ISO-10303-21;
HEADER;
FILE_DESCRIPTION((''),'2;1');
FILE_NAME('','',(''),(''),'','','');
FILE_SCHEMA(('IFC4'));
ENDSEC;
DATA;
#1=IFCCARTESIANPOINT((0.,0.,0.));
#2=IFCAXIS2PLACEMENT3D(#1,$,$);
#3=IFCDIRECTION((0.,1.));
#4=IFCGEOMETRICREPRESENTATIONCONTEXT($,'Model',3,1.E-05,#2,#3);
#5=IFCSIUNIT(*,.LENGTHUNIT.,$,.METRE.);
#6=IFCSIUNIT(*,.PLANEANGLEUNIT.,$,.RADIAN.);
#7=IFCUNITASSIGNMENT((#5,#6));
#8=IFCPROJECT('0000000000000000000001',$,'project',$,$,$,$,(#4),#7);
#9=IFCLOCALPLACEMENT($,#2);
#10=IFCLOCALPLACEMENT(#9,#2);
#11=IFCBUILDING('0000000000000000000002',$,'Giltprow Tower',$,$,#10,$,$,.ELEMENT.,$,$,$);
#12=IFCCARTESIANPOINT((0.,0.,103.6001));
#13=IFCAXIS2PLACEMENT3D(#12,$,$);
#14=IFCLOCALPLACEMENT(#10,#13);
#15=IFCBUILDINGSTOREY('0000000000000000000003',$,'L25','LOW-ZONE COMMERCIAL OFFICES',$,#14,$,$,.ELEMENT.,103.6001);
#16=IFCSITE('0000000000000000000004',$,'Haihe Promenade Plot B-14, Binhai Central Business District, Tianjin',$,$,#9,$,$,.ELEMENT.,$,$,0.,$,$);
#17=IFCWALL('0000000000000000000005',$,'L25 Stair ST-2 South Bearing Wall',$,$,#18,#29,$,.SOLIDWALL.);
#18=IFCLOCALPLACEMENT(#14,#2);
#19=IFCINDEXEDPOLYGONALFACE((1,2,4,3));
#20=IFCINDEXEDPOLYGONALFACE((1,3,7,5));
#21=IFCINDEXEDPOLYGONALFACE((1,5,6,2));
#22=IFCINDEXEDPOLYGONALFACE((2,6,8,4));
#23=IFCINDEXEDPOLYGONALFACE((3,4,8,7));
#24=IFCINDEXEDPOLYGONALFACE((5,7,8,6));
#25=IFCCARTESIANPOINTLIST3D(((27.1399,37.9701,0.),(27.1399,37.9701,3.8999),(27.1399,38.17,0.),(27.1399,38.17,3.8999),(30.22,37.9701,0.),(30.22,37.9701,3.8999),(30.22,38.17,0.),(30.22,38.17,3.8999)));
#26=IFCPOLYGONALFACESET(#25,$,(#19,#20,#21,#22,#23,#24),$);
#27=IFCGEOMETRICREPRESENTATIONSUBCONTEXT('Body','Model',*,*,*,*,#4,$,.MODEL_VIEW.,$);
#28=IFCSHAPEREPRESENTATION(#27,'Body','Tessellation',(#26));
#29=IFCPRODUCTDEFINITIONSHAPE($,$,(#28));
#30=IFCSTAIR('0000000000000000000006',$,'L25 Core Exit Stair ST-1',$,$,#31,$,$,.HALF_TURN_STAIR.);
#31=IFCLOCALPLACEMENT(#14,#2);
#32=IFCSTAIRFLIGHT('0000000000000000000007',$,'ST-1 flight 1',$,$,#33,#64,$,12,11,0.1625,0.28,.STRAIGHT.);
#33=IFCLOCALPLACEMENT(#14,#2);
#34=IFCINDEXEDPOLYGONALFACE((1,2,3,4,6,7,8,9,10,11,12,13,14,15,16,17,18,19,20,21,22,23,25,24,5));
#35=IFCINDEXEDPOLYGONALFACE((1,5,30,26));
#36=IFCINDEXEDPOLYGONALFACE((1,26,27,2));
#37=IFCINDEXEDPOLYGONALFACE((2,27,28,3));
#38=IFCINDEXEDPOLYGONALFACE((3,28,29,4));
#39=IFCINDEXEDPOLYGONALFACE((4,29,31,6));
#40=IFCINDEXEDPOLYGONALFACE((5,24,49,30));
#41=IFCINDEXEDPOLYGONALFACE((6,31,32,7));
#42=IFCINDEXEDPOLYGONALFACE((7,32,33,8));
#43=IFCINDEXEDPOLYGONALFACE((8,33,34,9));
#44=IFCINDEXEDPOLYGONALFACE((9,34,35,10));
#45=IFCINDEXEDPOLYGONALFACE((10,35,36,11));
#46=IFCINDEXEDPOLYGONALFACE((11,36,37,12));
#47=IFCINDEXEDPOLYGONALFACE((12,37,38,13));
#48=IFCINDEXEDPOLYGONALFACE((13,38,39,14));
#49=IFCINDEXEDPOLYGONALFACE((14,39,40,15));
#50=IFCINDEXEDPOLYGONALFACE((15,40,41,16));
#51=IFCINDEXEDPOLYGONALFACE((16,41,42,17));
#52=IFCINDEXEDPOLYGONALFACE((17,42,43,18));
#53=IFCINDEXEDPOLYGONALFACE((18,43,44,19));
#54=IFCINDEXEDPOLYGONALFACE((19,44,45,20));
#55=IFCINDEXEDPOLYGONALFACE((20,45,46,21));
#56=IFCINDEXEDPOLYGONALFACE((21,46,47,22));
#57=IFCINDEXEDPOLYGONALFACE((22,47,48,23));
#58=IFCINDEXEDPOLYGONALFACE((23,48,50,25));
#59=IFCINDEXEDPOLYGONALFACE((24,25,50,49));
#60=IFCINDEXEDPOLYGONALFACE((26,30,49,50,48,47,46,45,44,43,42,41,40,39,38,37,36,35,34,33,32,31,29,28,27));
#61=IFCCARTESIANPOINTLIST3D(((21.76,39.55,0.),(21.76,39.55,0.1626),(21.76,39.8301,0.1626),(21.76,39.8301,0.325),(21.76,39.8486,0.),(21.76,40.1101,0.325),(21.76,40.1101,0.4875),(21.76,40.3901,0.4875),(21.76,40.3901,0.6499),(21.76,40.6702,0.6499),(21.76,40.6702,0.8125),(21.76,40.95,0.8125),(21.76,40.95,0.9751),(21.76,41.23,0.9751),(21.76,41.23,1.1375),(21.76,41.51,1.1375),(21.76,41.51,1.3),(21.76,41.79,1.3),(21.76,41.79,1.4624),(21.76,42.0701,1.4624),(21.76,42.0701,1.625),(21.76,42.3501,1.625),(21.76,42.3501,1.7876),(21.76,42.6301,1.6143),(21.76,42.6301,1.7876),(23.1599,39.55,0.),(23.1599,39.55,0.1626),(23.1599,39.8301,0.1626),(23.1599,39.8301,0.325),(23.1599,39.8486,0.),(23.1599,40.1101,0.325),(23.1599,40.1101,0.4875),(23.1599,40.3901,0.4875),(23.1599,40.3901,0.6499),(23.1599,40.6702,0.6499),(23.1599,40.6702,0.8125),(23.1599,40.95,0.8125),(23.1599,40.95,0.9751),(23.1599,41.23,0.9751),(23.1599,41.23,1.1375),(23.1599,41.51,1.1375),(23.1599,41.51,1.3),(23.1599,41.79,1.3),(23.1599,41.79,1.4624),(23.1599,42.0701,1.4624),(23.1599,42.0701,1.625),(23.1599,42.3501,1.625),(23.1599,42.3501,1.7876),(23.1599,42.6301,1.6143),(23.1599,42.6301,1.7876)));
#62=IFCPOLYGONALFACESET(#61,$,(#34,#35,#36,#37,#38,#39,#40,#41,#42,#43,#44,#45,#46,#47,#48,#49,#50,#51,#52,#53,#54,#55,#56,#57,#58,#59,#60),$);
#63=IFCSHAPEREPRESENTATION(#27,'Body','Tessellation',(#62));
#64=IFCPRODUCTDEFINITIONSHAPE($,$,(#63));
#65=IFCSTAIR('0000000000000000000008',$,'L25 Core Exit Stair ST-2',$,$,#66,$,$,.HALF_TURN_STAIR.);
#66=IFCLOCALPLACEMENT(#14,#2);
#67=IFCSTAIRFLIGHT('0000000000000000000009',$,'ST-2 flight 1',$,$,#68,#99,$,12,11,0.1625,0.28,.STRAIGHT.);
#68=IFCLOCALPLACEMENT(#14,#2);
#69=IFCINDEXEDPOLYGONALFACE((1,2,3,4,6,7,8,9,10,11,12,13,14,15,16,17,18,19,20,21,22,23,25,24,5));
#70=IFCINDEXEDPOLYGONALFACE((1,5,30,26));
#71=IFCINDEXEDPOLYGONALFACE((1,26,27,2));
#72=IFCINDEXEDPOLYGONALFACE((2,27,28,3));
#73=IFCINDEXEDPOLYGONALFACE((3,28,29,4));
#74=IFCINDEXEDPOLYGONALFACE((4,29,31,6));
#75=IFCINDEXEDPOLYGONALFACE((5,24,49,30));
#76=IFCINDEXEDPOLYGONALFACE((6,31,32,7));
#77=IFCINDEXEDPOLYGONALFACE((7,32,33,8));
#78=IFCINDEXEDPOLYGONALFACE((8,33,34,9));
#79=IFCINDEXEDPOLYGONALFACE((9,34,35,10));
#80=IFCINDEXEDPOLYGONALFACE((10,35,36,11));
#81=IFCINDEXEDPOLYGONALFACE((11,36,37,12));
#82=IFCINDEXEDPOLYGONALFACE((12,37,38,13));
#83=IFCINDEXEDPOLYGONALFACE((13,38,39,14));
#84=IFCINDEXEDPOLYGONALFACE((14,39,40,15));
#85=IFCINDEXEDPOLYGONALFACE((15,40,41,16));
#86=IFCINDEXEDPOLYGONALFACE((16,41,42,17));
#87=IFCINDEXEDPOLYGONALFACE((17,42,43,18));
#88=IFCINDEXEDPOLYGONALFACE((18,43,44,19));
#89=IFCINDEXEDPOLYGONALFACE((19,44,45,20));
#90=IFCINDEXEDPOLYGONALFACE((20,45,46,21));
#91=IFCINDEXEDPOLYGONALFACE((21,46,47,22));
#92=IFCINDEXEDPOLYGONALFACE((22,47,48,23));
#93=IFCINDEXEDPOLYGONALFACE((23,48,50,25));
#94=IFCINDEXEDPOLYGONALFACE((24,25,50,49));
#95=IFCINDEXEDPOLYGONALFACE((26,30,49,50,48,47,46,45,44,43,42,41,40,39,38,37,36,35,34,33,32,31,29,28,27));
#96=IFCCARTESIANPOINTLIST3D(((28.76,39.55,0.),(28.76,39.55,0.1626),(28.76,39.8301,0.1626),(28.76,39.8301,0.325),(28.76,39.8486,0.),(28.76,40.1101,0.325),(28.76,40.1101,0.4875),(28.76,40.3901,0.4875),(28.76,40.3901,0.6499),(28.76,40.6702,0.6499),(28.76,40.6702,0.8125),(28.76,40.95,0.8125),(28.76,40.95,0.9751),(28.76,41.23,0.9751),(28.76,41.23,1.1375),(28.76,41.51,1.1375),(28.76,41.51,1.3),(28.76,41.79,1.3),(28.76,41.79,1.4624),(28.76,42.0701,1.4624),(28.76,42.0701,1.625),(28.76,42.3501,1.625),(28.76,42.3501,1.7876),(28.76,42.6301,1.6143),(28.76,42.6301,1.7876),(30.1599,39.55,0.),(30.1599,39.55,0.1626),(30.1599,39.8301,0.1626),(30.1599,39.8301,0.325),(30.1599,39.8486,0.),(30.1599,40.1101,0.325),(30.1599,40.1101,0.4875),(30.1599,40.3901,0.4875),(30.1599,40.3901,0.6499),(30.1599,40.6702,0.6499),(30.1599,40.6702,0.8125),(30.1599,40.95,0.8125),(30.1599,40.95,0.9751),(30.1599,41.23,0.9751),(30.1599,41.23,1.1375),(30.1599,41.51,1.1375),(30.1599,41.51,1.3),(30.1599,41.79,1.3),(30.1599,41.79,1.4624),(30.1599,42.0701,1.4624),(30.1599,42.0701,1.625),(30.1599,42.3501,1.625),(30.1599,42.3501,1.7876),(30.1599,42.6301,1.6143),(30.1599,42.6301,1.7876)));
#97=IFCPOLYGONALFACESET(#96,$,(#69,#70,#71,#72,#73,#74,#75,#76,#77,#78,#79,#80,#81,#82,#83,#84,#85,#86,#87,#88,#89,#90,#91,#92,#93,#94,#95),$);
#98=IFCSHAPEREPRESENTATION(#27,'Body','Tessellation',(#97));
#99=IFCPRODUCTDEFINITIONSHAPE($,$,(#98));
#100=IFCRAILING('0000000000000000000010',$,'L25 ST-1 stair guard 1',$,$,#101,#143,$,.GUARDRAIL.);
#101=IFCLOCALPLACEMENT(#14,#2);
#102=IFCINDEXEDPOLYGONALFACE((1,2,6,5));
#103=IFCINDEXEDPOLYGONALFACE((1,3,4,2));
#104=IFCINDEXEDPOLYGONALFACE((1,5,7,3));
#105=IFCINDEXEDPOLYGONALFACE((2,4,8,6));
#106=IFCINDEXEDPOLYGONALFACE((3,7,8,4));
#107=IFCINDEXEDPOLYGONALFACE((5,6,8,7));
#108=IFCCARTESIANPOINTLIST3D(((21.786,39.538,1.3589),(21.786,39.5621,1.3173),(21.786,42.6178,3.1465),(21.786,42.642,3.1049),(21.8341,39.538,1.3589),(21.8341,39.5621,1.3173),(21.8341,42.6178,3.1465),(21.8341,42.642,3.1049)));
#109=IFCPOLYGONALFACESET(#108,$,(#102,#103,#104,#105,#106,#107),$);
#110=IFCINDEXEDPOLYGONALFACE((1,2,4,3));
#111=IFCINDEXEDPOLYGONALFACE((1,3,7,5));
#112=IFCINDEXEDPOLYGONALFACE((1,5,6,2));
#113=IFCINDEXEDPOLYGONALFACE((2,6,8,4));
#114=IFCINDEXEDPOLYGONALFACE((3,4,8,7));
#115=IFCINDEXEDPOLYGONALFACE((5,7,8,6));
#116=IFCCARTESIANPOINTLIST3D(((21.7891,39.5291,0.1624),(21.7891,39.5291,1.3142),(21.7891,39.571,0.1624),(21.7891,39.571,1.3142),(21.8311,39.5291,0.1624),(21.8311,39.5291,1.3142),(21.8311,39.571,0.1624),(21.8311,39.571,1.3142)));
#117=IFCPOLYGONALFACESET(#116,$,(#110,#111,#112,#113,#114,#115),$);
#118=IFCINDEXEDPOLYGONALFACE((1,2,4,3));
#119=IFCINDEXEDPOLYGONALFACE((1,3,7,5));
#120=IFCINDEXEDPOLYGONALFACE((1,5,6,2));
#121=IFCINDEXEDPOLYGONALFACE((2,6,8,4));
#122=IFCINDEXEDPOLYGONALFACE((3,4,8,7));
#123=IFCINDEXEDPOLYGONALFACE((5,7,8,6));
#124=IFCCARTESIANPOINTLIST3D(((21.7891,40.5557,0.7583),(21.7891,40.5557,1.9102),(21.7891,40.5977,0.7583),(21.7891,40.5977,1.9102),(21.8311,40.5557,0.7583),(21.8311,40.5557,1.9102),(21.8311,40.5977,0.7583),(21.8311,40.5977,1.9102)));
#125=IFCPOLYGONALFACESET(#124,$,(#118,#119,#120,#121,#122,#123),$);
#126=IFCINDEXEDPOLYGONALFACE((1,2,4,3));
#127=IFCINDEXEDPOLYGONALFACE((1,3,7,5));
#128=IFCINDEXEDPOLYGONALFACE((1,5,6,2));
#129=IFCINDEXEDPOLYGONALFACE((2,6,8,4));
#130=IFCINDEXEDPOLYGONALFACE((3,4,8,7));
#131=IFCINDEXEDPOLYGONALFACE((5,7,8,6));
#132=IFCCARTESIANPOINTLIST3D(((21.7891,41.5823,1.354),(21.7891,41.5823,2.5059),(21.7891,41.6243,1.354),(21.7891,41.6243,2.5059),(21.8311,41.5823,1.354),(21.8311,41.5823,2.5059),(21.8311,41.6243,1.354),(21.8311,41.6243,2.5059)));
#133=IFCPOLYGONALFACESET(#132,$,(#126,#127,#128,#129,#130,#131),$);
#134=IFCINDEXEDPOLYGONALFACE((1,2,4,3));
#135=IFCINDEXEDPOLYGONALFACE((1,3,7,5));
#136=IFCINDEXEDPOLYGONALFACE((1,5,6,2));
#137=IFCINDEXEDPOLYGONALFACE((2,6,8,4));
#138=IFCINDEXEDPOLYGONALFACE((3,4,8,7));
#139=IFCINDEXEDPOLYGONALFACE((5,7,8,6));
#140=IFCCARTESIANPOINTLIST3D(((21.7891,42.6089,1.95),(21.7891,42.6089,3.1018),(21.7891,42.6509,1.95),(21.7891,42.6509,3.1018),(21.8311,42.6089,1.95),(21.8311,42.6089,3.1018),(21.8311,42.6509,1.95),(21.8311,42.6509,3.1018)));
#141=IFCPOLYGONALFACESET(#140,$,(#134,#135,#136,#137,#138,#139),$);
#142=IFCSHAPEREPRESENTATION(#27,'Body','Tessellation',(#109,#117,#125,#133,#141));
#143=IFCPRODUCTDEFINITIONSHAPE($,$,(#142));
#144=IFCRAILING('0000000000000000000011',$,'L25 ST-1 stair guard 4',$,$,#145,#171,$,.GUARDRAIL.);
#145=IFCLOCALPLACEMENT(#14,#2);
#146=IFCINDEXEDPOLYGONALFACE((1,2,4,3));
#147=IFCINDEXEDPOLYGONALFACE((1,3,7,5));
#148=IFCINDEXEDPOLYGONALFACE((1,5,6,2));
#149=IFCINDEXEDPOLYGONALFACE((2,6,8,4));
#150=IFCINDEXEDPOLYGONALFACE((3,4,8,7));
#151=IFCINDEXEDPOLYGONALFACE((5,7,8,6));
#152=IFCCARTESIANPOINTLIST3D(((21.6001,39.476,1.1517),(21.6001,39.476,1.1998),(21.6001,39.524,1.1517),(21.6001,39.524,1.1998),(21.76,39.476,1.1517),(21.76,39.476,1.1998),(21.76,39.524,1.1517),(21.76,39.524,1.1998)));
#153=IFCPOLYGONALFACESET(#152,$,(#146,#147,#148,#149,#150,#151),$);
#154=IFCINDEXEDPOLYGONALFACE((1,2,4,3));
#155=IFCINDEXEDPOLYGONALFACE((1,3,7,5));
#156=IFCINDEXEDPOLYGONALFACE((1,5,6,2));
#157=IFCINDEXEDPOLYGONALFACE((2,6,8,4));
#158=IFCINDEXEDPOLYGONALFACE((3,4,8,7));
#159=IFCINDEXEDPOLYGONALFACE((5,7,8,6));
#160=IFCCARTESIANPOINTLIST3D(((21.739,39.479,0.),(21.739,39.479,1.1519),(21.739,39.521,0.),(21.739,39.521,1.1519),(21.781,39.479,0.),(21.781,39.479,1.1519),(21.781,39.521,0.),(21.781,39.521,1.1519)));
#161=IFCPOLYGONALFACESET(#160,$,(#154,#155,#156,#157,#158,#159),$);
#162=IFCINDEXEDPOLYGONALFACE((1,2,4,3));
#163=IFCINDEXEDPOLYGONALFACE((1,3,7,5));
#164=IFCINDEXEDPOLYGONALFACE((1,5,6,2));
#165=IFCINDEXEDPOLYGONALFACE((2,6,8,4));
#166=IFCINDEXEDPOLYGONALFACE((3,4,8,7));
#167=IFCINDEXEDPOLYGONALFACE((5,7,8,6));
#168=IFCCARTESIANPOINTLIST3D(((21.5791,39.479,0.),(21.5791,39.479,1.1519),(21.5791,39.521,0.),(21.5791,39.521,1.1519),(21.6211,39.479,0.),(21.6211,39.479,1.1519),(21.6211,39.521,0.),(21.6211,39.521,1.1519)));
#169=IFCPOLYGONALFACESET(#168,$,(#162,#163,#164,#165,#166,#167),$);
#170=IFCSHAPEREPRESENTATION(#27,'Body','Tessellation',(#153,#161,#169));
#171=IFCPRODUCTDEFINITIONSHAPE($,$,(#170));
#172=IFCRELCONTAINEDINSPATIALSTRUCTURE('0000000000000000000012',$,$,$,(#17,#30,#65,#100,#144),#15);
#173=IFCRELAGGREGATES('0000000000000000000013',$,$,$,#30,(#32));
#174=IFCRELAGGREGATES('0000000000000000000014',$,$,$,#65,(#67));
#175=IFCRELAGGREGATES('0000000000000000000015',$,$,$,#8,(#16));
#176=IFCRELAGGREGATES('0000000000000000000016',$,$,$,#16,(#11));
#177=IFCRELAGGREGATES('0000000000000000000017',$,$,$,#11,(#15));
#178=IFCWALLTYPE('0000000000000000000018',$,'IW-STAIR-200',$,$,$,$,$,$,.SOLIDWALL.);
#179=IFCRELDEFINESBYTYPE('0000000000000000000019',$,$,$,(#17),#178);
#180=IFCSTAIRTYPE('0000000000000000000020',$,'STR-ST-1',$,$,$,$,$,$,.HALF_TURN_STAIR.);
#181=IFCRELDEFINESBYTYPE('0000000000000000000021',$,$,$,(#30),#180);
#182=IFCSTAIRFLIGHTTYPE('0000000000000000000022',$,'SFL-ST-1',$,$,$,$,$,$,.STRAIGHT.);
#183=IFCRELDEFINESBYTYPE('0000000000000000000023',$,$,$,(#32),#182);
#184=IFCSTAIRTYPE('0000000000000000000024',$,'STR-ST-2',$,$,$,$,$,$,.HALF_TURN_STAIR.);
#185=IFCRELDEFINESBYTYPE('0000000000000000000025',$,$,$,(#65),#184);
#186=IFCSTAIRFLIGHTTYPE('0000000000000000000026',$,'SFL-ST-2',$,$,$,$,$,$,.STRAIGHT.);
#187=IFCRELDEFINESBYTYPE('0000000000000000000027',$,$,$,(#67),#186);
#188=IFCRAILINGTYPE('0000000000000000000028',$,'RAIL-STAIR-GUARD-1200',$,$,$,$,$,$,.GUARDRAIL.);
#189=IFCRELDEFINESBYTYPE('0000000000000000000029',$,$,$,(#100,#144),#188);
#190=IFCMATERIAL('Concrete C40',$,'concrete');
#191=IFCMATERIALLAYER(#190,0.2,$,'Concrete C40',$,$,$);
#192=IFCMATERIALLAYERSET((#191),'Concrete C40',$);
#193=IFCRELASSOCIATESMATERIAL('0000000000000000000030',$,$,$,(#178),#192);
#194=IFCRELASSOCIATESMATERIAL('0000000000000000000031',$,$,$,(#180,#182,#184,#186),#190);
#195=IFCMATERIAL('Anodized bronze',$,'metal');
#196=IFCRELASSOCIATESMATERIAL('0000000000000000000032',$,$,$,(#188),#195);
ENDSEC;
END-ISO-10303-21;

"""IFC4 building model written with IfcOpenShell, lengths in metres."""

from ifc_helpers import new_model, si_unit, direction, frame, frame_2d, origin, origin_2d, place, context, subcontext, project, spatial, polyline, rectangle, outline, extrude, material, layer, layer_set, type_object, element, aggregate, save


model = new_model("IFC4")

# Units and contexts
model_context = context("Model", 3, precision=1e-05, world=origin(), true_north=direction((0.0, 1.0)))
body_context = subcontext(model_context, "Body", "Model", "MODEL_VIEW")
ifc_project = project(units=[si_unit("LENGTHUNIT", "METRE"), si_unit("PLANEANGLEUNIT", "RADIAN")], contexts=[model_context])

# Site, building, storey
site_placement = place(None, origin())
site = spatial("IfcSite", under=ifc_project, at=site_placement, Name="Haihe Promenade Plot B-14, Binhai Central Business District, Tianjin", CompositionType="ELEMENT", RefElevation=0.0)
building_placement = place(site_placement, origin())
building = spatial("IfcBuilding", under=site, at=building_placement, Name="Giltprow Tower", CompositionType="ELEMENT")
storey_placement = place(building_placement, frame((0.0, 0.0, 103.6001)))
storey = spatial("IfcBuildingStorey", under=building, at=storey_placement, Name="L25", Description="LOW-ZONE COMMERCIAL OFFICES", CompositionType="ELEMENT", Elevation=103.6001)

# Shared definitions
ifc_material_1 = material(Name="Concrete C40", Category="concrete")
ifc_layer = layer(ifc_material_1, 0.2, Name="Concrete C40")
ifc_layer_set = layer_set([ifc_layer], Name="Concrete C40")
wall_type = type_object("IfcWallType", Name="IW-STAIR-200", PredefinedType="SOLIDWALL", material=ifc_layer_set)

# Wall
wall_1_placement = place(storey_placement, frame((27.1399, 38.0701, 0.0), z_axis=(0.0, 0.0, 1.0), x_axis=(1.0, 0.0, 0.0)))
element("IfcWall", 1, at=wall_1_placement, inside=storey, type_object=wall_type, Name="L25 Stair ST-2 South Bearing Wall", PredefinedType="SOLIDWALL", context=body_context, shape_type="SweptSolid", body=[
    extrude(rectangle(XDim=3.0801, YDim=0.2, at=frame_2d((1.54, 0.0))), origin(), (0.0, 0.0, 1.0), 3.8999),
])

# Stairs, stair flights
stair_type_1 = type_object("IfcStairType", Name="STR-ST-1", PredefinedType="HALF_TURN_STAIR", material=ifc_material_1)
stair_1_placement = place(storey_placement, origin())
stair_1 = element("IfcStair", 2, at=stair_1_placement, inside=storey, type_object=stair_type_1, Name="L25 Core Exit Stair ST-1", PredefinedType="HALF_TURN_STAIR")
stair_flight_type_1 = type_object("IfcStairFlightType", Name="SFL-ST-1", PredefinedType="STRAIGHT", material=ifc_material_1)
stair_flight_1_placement = place(storey_placement, frame((22.46, 39.55, 0.0), z_axis=(0.0, 0.0, 1.0), x_axis=(0.0, 1.0, 0.0)))
stair_flight_1 = element("IfcStairFlight", 3, at=stair_flight_1_placement, type_object=stair_flight_type_1, Name="ST-1 flight 1", NumberOfRisers=12, NumberOfTreads=11, PredefinedType="STRAIGHT", RiserHeight=0.1625, TreadLength=0.28, context=body_context, shape_type="SweptSolid", body=[
    extrude(outline(polyline([(0.0, 0.0), (0.0, 0.1626), (0.28, 0.1626), (0.28, 0.325), (0.5601, 0.325), (0.5601, 0.4875), (0.8401, 0.4875), (0.8401, 0.6499), (1.1201, 0.6499), (1.1201, 0.8125), (1.3999, 0.8125), (1.3999, 0.9751), (1.6799, 0.9751), (1.6799, 1.1375), (1.96, 1.1375), (1.96, 1.3), (2.24, 1.3), (2.24, 1.4624), (2.52, 1.4624), (2.52, 1.625), (2.8, 1.625), (2.8, 1.7876), (3.0801, 1.7876), (3.0801, 1.95), (3.0801, 1.6143), (0.2986, 0.0), (0.0, 0.0)])), frame((0.0, 0.7, 0.0), z_axis=(0.0, -1.0, 0.0), x_axis=(1.0, 0.0, 0.0)), (0.0, 0.0, 1.0), 1.3999),
])
aggregate(stair_1, [stair_flight_1])
stair_type_2 = type_object("IfcStairType", Name="STR-ST-2", PredefinedType="HALF_TURN_STAIR", material=ifc_material_1)
stair_2_placement = place(storey_placement, origin())
stair_2 = element("IfcStair", 4, at=stair_2_placement, inside=storey, type_object=stair_type_2, Name="L25 Core Exit Stair ST-2", PredefinedType="HALF_TURN_STAIR")
stair_flight_type_2 = type_object("IfcStairFlightType", Name="SFL-ST-2", PredefinedType="STRAIGHT", material=ifc_material_1)
stair_flight_2_placement = place(storey_placement, frame((29.46, 39.55, 0.0), z_axis=(0.0, 0.0, 1.0), x_axis=(0.0, 1.0, 0.0)))
stair_flight_2 = element("IfcStairFlight", 5, at=stair_flight_2_placement, type_object=stair_flight_type_2, Name="ST-2 flight 1", NumberOfRisers=12, NumberOfTreads=11, PredefinedType="STRAIGHT", RiserHeight=0.1625, TreadLength=0.28, context=body_context, shape_type="SweptSolid", body=[
    extrude(outline(polyline([(0.0, 0.0), (0.0, 0.1626), (0.28, 0.1626), (0.28, 0.325), (0.5601, 0.325), (0.5601, 0.4875), (0.8401, 0.4875), (0.8401, 0.6499), (1.1201, 0.6499), (1.1201, 0.8125), (1.3999, 0.8125), (1.3999, 0.9751), (1.6799, 0.9751), (1.6799, 1.1375), (1.96, 1.1375), (1.96, 1.3), (2.24, 1.3), (2.24, 1.4624), (2.52, 1.4624), (2.52, 1.625), (2.8, 1.625), (2.8, 1.7876), (3.0801, 1.7876), (3.0801, 1.95), (3.0801, 1.6143), (0.2986, 0.0), (0.0, 0.0)])), frame((0.0, 0.7, 0.0), z_axis=(0.0, -1.0, 0.0), x_axis=(1.0, 0.0, 0.0)), (0.0, 0.0, 1.0), 1.3999),
])
aggregate(stair_2, [stair_flight_2])

# Railings
ifc_material_2 = material(Name="Anodized bronze", Category="metal")
railing_type_1 = type_object("IfcRailingType", Name="RAIL-STAIR-GUARD-1200", PredefinedType="GUARDRAIL", material=ifc_material_2)
railing_1_placement = place(storey_placement, frame((21.8101, 39.55, 0.1624)))
element("IfcRailing", 6, at=railing_1_placement, inside=storey, type_object=railing_type_1, Name="L25 ST-1 stair guard 1", PredefinedType="GUARDRAIL", context=body_context, shape_type="SweptSolid", body=[
    extrude(rectangle(XDim=0.0481, YDim=0.0481, at=origin_2d()), frame((0.0, 0.0, 1.1758), z_axis=(0.0, 0.864873, 0.50199), x_axis=(-1.0, 0.0, 0.0)), (0.0, 0.0, 1.0), 3.561),
    extrude(rectangle(XDim=0.042, YDim=0.042, at=origin_2d()), origin(), (0.0, 0.0, 1.0), 1.1519),
    extrude(rectangle(XDim=0.042, YDim=0.042, at=origin_2d()), frame((0.0, 1.0266, 0.5959)), (0.0, 0.0, 1.0), 1.1519),
    extrude(rectangle(XDim=0.042, YDim=0.042, at=origin_2d()), frame((0.0, 2.0532, 1.1917)), (0.0, 0.0, 1.0), 1.1519),
    extrude(rectangle(XDim=0.042, YDim=0.042, at=origin_2d()), frame((0.0, 3.0798, 1.7876)), (0.0, 0.0, 1.0), 1.1519),
])
railing_2_placement = place(storey_placement, frame((21.76, 39.5, 0.0)))
element("IfcRailing", 7, at=railing_2_placement, inside=storey, type_object=railing_type_1, Name="L25 ST-1 stair guard 4", PredefinedType="GUARDRAIL", context=body_context, shape_type="SweptSolid", body=[
    extrude(rectangle(XDim=0.0481, YDim=0.0481, at=origin_2d()), frame((0.0, 0.0, 1.1758), z_axis=(-1.0, 0.0, 0.0), x_axis=(0.0, -1.0, 0.0)), (0.0, 0.0, 1.0), 0.1599),
    extrude(rectangle(XDim=0.042, YDim=0.042, at=origin_2d()), origin(), (0.0, 0.0, 1.0), 1.1519),
    extrude(rectangle(XDim=0.042, YDim=0.042, at=origin_2d()), frame((-0.1599, 0.0, 0.0)), (0.0, 0.0, 1.0), 1.1519),
])

save(model, "model.ifc")
